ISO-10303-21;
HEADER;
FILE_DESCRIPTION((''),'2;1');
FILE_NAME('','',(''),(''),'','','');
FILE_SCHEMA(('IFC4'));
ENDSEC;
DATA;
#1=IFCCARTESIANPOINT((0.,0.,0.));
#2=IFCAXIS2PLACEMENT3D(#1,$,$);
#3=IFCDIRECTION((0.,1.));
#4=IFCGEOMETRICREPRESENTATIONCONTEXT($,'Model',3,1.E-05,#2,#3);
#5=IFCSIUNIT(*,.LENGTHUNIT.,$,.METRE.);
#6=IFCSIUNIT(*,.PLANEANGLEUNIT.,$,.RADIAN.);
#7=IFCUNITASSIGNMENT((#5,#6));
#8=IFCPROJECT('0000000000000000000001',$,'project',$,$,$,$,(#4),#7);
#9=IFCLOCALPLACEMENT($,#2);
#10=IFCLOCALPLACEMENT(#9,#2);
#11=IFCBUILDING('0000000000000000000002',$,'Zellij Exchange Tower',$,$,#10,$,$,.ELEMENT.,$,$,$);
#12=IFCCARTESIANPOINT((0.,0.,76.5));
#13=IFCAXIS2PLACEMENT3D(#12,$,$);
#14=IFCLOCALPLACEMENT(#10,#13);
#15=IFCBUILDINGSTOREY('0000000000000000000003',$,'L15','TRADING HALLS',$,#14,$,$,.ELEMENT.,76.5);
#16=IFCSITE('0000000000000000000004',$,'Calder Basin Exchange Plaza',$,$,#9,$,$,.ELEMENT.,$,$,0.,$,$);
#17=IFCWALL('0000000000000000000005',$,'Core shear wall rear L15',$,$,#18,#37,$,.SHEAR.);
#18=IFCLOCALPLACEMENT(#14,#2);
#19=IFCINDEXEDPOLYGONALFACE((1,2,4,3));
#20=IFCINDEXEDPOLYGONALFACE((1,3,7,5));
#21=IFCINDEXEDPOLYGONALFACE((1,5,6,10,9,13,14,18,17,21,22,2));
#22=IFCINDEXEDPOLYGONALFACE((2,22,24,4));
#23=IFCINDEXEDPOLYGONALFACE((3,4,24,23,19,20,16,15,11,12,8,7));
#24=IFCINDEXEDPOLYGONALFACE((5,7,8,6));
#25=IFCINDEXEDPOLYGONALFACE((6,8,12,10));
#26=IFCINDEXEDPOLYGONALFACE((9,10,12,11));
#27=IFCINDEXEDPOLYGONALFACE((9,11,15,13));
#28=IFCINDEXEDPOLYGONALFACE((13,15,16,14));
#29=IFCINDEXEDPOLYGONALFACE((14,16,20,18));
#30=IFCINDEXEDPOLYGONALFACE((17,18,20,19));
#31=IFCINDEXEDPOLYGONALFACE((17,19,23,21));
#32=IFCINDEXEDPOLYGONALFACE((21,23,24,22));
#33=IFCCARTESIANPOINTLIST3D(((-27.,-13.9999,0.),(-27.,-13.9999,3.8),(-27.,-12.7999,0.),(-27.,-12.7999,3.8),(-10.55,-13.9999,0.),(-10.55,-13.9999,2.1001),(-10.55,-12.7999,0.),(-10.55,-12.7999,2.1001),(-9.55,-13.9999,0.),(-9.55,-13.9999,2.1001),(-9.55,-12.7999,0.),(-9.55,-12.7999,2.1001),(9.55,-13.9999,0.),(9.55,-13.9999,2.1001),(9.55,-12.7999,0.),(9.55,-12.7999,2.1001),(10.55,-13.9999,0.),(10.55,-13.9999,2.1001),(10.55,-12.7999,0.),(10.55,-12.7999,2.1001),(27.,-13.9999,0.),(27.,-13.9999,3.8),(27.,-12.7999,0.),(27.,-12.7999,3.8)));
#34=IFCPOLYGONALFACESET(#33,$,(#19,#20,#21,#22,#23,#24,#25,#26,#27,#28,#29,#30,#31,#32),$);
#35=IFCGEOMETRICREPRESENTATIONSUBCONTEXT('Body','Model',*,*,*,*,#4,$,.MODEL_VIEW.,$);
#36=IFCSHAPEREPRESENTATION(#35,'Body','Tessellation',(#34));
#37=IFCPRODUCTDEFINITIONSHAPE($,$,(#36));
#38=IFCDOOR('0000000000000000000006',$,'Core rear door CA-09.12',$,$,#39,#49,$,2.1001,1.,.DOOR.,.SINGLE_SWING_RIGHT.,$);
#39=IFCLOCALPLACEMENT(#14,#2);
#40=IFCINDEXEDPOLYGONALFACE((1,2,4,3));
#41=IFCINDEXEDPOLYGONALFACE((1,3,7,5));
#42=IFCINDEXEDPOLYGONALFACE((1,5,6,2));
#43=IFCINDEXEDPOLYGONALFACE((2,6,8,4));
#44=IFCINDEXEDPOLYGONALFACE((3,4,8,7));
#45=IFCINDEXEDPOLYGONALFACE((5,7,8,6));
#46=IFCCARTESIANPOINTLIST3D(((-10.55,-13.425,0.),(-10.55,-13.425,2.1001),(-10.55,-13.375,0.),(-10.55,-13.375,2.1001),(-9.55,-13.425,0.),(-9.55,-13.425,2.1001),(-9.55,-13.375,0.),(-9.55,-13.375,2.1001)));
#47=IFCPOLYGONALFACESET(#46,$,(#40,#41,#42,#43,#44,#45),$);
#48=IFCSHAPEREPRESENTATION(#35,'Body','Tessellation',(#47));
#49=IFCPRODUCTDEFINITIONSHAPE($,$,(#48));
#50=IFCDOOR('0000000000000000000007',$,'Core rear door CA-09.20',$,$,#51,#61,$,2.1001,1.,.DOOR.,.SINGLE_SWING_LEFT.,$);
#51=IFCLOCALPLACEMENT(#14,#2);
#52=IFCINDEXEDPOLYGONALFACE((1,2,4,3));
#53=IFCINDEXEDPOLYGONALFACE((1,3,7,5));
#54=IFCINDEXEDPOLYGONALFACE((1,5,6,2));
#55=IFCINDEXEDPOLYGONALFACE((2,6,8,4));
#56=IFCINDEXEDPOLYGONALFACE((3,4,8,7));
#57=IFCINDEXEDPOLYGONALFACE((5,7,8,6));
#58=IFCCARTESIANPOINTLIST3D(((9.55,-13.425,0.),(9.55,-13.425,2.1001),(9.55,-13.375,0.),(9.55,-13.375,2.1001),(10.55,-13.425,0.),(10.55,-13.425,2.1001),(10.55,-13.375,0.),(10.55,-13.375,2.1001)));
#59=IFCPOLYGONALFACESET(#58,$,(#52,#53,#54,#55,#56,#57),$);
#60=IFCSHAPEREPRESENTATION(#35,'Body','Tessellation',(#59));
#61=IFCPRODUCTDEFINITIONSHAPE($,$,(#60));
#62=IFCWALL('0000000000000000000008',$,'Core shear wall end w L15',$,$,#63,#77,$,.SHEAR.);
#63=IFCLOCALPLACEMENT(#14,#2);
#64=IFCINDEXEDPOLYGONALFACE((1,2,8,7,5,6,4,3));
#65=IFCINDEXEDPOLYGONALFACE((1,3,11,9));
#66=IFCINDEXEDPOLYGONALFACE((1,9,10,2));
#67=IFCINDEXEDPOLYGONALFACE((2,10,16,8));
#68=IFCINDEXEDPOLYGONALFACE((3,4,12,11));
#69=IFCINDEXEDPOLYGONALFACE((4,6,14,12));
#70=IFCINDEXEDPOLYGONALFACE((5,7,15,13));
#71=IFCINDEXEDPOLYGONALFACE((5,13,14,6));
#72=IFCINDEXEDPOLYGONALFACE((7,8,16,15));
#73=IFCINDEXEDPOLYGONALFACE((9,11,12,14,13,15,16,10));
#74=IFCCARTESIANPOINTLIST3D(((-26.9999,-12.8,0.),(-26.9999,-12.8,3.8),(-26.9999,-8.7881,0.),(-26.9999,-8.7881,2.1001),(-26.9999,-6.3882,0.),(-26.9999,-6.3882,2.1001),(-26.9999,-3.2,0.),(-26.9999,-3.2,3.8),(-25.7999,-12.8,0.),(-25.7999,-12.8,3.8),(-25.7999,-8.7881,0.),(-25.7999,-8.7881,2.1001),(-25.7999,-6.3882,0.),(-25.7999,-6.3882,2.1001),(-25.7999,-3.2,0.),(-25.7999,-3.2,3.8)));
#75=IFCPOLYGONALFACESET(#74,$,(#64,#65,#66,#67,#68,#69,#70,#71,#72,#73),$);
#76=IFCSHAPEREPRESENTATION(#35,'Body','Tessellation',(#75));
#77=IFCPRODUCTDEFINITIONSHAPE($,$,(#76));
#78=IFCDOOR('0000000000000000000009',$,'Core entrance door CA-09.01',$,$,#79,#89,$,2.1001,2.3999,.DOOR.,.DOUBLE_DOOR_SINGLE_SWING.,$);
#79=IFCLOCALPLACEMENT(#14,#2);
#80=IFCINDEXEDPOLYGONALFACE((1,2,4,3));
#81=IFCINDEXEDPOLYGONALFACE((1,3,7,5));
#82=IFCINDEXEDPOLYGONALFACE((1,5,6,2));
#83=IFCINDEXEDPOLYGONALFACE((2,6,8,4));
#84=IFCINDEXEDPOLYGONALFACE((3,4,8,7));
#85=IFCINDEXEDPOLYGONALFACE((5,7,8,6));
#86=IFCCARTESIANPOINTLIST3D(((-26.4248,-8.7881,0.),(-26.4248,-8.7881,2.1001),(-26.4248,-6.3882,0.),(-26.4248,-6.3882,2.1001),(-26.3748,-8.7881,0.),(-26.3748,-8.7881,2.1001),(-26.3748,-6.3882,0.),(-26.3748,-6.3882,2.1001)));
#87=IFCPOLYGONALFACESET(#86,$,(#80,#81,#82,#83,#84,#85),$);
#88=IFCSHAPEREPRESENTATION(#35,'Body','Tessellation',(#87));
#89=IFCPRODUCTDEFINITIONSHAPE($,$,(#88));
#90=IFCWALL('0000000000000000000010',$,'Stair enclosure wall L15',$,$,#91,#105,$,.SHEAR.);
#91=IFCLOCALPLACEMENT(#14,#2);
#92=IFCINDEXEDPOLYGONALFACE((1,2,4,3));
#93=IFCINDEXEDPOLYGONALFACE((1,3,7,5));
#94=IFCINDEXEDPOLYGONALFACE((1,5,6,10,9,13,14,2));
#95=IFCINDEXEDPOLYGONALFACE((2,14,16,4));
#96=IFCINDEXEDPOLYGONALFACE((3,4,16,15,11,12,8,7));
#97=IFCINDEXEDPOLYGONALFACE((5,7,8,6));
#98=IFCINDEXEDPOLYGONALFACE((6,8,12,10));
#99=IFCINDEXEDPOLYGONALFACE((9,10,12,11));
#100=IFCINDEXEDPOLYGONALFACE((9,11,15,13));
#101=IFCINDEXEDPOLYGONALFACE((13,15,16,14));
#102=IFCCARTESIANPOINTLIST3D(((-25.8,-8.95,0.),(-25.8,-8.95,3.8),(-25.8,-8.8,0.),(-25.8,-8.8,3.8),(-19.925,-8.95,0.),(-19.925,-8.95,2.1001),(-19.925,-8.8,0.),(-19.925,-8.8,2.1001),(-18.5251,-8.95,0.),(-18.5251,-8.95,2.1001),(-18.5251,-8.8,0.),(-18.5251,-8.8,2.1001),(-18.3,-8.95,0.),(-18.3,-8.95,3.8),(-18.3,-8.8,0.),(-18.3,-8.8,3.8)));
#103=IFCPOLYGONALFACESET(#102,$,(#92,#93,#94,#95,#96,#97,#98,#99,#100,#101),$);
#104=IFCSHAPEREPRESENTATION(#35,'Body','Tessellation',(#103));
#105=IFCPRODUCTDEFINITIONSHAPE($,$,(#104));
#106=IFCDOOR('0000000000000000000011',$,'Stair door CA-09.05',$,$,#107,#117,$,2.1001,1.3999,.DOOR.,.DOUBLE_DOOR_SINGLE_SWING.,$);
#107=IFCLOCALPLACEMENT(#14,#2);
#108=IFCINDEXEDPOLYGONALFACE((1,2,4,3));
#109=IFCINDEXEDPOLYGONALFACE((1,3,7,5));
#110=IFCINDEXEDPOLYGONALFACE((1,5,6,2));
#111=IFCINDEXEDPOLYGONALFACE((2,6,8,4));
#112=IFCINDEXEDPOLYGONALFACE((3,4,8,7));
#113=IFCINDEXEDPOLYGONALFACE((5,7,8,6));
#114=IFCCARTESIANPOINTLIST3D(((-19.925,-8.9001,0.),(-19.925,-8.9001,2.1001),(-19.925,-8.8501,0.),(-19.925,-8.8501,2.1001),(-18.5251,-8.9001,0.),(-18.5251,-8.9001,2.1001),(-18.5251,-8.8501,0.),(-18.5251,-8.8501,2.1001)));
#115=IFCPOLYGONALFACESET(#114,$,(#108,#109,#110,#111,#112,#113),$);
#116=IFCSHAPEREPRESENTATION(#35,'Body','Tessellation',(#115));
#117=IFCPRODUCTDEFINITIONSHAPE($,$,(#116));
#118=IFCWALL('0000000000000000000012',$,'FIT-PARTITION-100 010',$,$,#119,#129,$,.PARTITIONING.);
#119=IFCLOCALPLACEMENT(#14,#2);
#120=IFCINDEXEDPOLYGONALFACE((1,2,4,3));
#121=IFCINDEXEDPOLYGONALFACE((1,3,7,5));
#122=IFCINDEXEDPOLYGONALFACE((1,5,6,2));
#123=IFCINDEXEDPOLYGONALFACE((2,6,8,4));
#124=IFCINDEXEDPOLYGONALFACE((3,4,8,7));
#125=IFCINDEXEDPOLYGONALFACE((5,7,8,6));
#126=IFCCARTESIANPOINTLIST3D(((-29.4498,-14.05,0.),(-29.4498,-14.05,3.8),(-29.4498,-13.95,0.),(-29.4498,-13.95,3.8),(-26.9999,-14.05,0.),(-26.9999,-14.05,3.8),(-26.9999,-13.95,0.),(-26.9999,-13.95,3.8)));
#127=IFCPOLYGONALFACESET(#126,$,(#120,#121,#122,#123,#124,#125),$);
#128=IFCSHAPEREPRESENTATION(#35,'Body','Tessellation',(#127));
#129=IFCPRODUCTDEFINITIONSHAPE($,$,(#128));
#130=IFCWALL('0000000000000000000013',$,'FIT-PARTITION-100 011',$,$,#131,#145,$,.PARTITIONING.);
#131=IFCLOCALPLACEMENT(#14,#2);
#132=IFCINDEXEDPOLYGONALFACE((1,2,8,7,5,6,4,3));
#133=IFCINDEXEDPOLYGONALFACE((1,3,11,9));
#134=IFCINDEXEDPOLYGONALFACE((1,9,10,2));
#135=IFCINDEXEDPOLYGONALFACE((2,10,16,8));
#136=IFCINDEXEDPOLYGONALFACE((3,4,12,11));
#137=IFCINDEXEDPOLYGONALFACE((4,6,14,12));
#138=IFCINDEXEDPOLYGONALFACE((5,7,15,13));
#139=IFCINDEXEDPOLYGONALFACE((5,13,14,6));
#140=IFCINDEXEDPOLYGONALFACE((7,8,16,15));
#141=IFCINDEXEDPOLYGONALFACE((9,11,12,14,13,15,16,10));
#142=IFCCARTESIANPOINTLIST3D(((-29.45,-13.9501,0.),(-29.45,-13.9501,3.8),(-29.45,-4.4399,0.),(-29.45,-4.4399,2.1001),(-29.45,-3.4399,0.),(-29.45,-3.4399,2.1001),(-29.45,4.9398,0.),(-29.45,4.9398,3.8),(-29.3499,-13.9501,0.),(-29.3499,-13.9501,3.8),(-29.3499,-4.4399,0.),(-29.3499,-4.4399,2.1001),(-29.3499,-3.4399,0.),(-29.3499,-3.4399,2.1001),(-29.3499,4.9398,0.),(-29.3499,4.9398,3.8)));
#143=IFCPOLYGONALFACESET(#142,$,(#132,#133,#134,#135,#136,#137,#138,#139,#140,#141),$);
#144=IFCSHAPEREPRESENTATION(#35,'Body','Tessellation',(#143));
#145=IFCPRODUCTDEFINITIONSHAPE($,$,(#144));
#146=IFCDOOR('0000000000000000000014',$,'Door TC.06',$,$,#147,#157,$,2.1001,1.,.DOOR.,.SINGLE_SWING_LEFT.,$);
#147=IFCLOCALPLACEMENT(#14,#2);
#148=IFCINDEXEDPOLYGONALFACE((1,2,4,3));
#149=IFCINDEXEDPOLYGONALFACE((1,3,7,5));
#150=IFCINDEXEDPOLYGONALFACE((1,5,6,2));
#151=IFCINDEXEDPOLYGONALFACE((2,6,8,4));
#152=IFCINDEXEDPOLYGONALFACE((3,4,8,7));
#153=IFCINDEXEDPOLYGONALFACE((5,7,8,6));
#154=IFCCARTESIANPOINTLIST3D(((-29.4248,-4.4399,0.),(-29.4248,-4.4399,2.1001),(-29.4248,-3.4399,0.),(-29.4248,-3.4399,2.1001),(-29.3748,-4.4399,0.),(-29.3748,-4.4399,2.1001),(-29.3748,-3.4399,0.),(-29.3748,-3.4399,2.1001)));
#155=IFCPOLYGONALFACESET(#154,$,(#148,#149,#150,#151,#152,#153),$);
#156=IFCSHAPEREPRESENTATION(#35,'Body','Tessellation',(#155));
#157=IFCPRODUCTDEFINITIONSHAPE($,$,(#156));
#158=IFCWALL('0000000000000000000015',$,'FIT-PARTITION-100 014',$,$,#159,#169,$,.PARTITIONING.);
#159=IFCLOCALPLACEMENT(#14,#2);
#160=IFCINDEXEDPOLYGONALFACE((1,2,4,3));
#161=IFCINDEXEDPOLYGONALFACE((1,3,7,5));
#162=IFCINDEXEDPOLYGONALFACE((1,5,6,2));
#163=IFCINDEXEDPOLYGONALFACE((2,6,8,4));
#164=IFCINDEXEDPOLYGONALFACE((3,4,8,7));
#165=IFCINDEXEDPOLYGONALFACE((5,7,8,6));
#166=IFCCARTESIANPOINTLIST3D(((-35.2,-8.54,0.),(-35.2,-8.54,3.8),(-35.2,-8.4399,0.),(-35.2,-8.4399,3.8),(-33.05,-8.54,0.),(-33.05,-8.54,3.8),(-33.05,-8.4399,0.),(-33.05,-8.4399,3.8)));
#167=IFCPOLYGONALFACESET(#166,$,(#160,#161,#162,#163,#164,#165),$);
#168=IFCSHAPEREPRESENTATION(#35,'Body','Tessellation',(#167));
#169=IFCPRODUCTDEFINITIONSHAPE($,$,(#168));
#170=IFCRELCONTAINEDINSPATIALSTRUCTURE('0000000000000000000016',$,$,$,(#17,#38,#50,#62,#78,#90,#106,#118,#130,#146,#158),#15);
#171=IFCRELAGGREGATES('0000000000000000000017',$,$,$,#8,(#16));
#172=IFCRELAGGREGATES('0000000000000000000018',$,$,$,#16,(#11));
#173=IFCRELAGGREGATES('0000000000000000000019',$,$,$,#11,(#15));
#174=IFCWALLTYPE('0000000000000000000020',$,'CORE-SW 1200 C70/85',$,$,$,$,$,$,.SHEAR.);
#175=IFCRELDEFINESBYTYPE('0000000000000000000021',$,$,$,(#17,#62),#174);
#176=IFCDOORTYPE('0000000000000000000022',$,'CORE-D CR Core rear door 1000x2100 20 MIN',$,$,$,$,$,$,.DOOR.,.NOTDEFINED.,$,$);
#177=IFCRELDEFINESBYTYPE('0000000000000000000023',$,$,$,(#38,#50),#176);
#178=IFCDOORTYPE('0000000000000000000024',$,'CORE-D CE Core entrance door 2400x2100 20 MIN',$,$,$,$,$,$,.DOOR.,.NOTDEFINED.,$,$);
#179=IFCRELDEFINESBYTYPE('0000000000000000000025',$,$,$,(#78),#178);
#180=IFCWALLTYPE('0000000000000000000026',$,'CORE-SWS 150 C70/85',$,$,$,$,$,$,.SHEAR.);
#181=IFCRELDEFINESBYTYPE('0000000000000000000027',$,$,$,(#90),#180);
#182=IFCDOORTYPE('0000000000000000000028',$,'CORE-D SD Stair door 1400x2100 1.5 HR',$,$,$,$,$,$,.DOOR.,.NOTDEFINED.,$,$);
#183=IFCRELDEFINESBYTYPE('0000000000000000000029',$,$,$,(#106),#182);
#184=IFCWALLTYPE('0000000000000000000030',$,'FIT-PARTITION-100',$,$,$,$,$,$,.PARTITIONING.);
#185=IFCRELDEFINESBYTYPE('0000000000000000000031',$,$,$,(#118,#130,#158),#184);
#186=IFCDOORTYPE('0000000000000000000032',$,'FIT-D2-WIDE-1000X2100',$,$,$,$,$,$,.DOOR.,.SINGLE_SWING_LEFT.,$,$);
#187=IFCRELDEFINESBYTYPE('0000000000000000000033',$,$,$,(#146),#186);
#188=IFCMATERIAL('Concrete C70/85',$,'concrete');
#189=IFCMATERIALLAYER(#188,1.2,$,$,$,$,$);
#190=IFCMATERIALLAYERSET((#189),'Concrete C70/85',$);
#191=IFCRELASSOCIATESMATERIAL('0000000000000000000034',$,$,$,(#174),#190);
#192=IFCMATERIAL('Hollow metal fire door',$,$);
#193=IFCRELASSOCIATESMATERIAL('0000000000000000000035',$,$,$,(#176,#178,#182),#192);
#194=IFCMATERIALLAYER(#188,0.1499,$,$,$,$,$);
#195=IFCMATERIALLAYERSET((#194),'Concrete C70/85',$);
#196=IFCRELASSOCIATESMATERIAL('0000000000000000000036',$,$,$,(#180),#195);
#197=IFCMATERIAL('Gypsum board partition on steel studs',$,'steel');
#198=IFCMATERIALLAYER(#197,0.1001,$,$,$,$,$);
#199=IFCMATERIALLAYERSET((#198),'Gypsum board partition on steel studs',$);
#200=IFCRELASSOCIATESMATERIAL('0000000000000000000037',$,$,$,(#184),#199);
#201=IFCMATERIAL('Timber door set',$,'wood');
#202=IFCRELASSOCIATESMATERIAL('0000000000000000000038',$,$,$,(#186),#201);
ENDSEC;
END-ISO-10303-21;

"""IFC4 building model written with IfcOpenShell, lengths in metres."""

from ifc_helpers import new_model, si_unit, direction, frame, frame_2d, origin, place, context, subcontext, project, spatial, rectangle, extrude, material, layer, layer_set, type_object, element, fill, save


model = new_model("IFC4")

# Units and contexts
model_context = context("Model", 3, precision=1e-05, world=origin(), true_north=direction((0.0, 1.0)))
body_context = subcontext(model_context, "Body", "Model", "MODEL_VIEW")
ifc_project = project(units=[si_unit("LENGTHUNIT", "METRE"), si_unit("PLANEANGLEUNIT", "RADIAN")], contexts=[model_context])

# Site, building, storey
site_placement = place(None, origin())
site = spatial("IfcSite", under=ifc_project, at=site_placement, Name="Calder Basin Exchange Plaza", CompositionType="ELEMENT", RefElevation=0.0)
building_placement = place(site_placement, origin())
building = spatial("IfcBuilding", under=site, at=building_placement, Name="Zellij Exchange Tower", CompositionType="ELEMENT")
storey_placement = place(building_placement, frame((0.0, 0.0, 76.5)))
storey = spatial("IfcBuildingStorey", under=building, at=storey_placement, Name="L15", Description="TRADING HALLS", CompositionType="ELEMENT", Elevation=76.5)

# Shared definitions
ifc_material_1 = material(Name="Concrete C70/85", Category="concrete")

# Wall, openings, doors
ifc_layer_1 = layer(ifc_material_1, 1.2)
ifc_layer_set_1 = layer_set([ifc_layer_1], Name="Concrete C70/85")
wall_type_1 = type_object("IfcWallType", Name="CORE-SW 1200 C70/85", PredefinedType="SHEAR", material=ifc_layer_set_1)
wall_1_placement = place(storey_placement, frame((-27.0, -13.3999, 0.0), z_axis=(0.0, 0.0, 1.0), x_axis=(1.0, 0.0, 0.0)))
wall_1 = element("IfcWall", 1, at=wall_1_placement, inside=storey, type_object=wall_type_1, Name="Core shear wall rear L15", PredefinedType="SHEAR", context=body_context, shape_type="SweptSolid", body=[
    extrude(rectangle(XDim=54.0, YDim=1.2, at=frame_2d((27.0, 0.0))), origin(), (0.0, 0.0, 1.0), 3.8),
])
opening_1_placement = place(wall_1_placement, frame((16.45, 0.0, 0.0)))
opening_1 = element("IfcOpeningElement", 2, at=opening_1_placement, cuts=wall_1, PredefinedType="OPENING", context=body_context, shape_type="SweptSolid", body=[
    extrude(rectangle(XDim=1.0, YDim=2.1001, at=frame_2d((0.5, 1.05))), frame((0.0, 0.6118, 0.0), z_axis=(0.0, -1.0, 0.0), x_axis=(1.0, 0.0, 0.0)), (0.0, 0.0, 1.0), 1.2239),
])
opening_2_placement = place(wall_1_placement, frame((36.55, 0.0, 0.0)))
opening_2 = element("IfcOpeningElement", 3, at=opening_2_placement, cuts=wall_1, PredefinedType="OPENING", context=body_context, shape_type="SweptSolid", body=[
    extrude(rectangle(XDim=1.0, YDim=2.1001, at=frame_2d((0.5, 1.05))), frame((0.0, 0.6118, 0.0), z_axis=(0.0, -1.0, 0.0), x_axis=(1.0, 0.0, 0.0)), (0.0, 0.0, 1.0), 1.2239),
])
ifc_material_2 = material(Name="Hollow metal fire door")
door_type_1 = type_object("IfcDoorType", Name="CORE-D CR Core rear door 1000x2100 20 MIN", OperationType="NOTDEFINED", PredefinedType="DOOR", material=ifc_material_2)
door_1_placement = place(opening_1_placement, origin())
door_1 = element("IfcDoor", 4, at=door_1_placement, inside=storey, type_object=door_type_1, Name="Core rear door CA-09.12", OperationType="SINGLE_SWING_RIGHT", OverallHeight=2.1001, OverallWidth=1.0, PredefinedType="DOOR", context=body_context, shape_type="SweptSolid", body=[
    extrude(rectangle(XDim=1.0, YDim=2.1001, at=frame_2d((0.5, 1.05))), frame((0.0, 0.0249, 0.0), z_axis=(0.0, -1.0, 0.0), x_axis=(1.0, 0.0, 0.0)), (0.0, 0.0, 1.0), 0.05),
])
fill(opening_1, door_1)
door_2_placement = place(opening_2_placement, origin())
door_2 = element("IfcDoor", 5, at=door_2_placement, inside=storey, type_object=door_type_1, Name="Core rear door CA-09.20", OperationType="SINGLE_SWING_LEFT", OverallHeight=2.1001, OverallWidth=1.0, PredefinedType="DOOR", context=body_context, shape_type="SweptSolid", body=[
    extrude(rectangle(XDim=1.0, YDim=2.1001, at=frame_2d((0.5, 1.05))), frame((0.0, 0.0249, 0.0), z_axis=(0.0, -1.0, 0.0), x_axis=(1.0, 0.0, 0.0)), (0.0, 0.0, 1.0), 0.05),
])
fill(opening_2, door_2)

# Walls, openings, doors
wall_2_placement = place(storey_placement, frame((-26.3999, -12.8, 0.0), z_axis=(0.0, 0.0, 1.0), x_axis=(0.0, 1.0, 0.0)))
wall_2 = element("IfcWall", 6, at=wall_2_placement, inside=storey, type_object=wall_type_1, Name="Core shear wall end w L15", PredefinedType="SHEAR", context=body_context, shape_type="SweptSolid", body=[
    extrude(rectangle(XDim=9.6001, YDim=1.2, at=frame_2d((4.8, 0.0))), origin(), (0.0, 0.0, 1.0), 3.8),
])
opening_3_placement = place(wall_2_placement, frame((4.012, 0.0, 0.0)))
opening_3 = element("IfcOpeningElement", 7, at=opening_3_placement, cuts=wall_2, PredefinedType="OPENING", context=body_context, shape_type="SweptSolid", body=[
    extrude(rectangle(XDim=2.3999, YDim=2.1001, at=frame_2d((1.2, 1.05))), frame((0.0, 0.6118, 0.0), z_axis=(0.0, -1.0, 0.0), x_axis=(1.0, 0.0, 0.0)), (0.0, 0.0, 1.0), 1.2239),
])
door_type_2 = type_object("IfcDoorType", Name="CORE-D CE Core entrance door 2400x2100 20 MIN", OperationType="NOTDEFINED", PredefinedType="DOOR", material=ifc_material_2)
door_3_placement = place(opening_3_placement, origin())
door_3 = element("IfcDoor", 8, at=door_3_placement, inside=storey, type_object=door_type_2, Name="Core entrance door CA-09.01", OperationType="DOUBLE_DOOR_SINGLE_SWING", OverallHeight=2.1001, OverallWidth=2.3999, PredefinedType="DOOR", context=body_context, shape_type="SweptSolid", body=[
    extrude(rectangle(XDim=2.3999, YDim=2.1001, at=frame_2d((1.2, 1.05))), frame((0.0, 0.0249, 0.0), z_axis=(0.0, -1.0, 0.0), x_axis=(1.0, 0.0, 0.0)), (0.0, 0.0, 1.0), 0.05),
])
fill(opening_3, door_3)
ifc_layer_2 = layer(ifc_material_1, 0.1499)
ifc_layer_set_2 = layer_set([ifc_layer_2], Name="Concrete C70/85")
wall_type_2 = type_object("IfcWallType", Name="CORE-SWS 150 C70/85", PredefinedType="SHEAR", material=ifc_layer_set_2)
wall_3_placement = place(storey_placement, frame((-25.8, -8.875, 0.0), z_axis=(0.0, 0.0, 1.0), x_axis=(1.0, 0.0, 0.0)))
wall_3 = element("IfcWall", 9, at=wall_3_placement, inside=storey, type_object=wall_type_2, Name="Stair enclosure wall L15", PredefinedType="SHEAR", context=body_context, shape_type="SweptSolid", body=[
    extrude(rectangle(XDim=7.5, YDim=0.1499, at=frame_2d((3.75, 0.0))), origin(), (0.0, 0.0, 1.0), 3.8),
])
opening_4_placement = place(wall_3_placement, frame((5.875, 0.0, 0.0)))
opening_4 = element("IfcOpeningElement", 10, at=opening_4_placement, cuts=wall_3, PredefinedType="OPENING", context=body_context, shape_type="SweptSolid", body=[
    extrude(rectangle(XDim=1.3999, YDim=2.1001, at=frame_2d((0.7, 1.05))), frame((0.0, 0.0869, 0.0), z_axis=(0.0, -1.0, 0.0), x_axis=(1.0, 0.0, 0.0)), (0.0, 0.0, 1.0), 0.1738),
])
door_type_3 = type_object("IfcDoorType", Name="CORE-D SD Stair door 1400x2100 1.5 HR", OperationType="NOTDEFINED", PredefinedType="DOOR", material=ifc_material_2)
door_4_placement = place(opening_4_placement, origin())
door_4 = element("IfcDoor", 11, at=door_4_placement, inside=storey, type_object=door_type_3, Name="Stair door CA-09.05", OperationType="DOUBLE_DOOR_SINGLE_SWING", OverallHeight=2.1001, OverallWidth=1.3999, PredefinedType="DOOR", context=body_context, shape_type="SweptSolid", body=[
    extrude(rectangle(XDim=1.3999, YDim=2.1001, at=frame_2d((0.7, 1.05))), frame((0.0, 0.0249, 0.0), z_axis=(0.0, -1.0, 0.0), x_axis=(1.0, 0.0, 0.0)), (0.0, 0.0, 1.0), 0.05),
])
fill(opening_4, door_4)

# Wall
ifc_material_3 = material(Name="Gypsum board partition on steel studs", Category="steel")
ifc_layer_3 = layer(ifc_material_3, 0.1001)
ifc_layer_set_3 = layer_set([ifc_layer_3], Name="Gypsum board partition on steel studs")
wall_type_3 = type_object("IfcWallType", Name="FIT-PARTITION-100", PredefinedType="PARTITIONING", material=ifc_layer_set_3)
wall_4_placement = place(storey_placement, frame((-29.45, -14.0, 0.0), z_axis=(0.0, 0.0, 1.0), x_axis=(1.0, 0.0, 0.0)))
element("IfcWall", 12, at=wall_4_placement, inside=storey, type_object=wall_type_3, Name="FIT-PARTITION-100 010", PredefinedType="PARTITIONING", context=body_context, shape_type="SweptSolid", body=[
    extrude(rectangle(XDim=2.45, YDim=0.1001, at=frame_2d((1.2251, 0.0))), origin(), (0.0, 0.0, 1.0), 3.8),
])

# Wall, opening, door
wall_5_placement = place(storey_placement, frame((-29.3999, -13.95, 0.0), z_axis=(0.0, 0.0, 1.0), x_axis=(0.0, 1.0, 0.0)))
wall_5 = element("IfcWall", 13, at=wall_5_placement, inside=storey, type_object=wall_type_3, Name="FIT-PARTITION-100 011", PredefinedType="PARTITIONING", context=body_context, shape_type="SweptSolid", body=[
    extrude(rectangle(XDim=18.8899, YDim=0.1001, at=frame_2d((9.4448, 0.0))), origin(), (0.0, 0.0, 1.0), 3.8),
])
opening_5_placement = place(wall_5_placement, frame((9.51, 0.0, 0.0)))
opening_5 = element("IfcOpeningElement", 14, at=opening_5_placement, cuts=wall_5, PredefinedType="OPENING", context=body_context, shape_type="SweptSolid", body=[
    extrude(rectangle(XDim=1.0, YDim=2.1001, at=frame_2d((0.5, 1.05))), frame((0.0, 0.062, 0.0), z_axis=(0.0, -1.0, 0.0), x_axis=(1.0, 0.0, 0.0)), (0.0, 0.0, 1.0), 0.124),
])
ifc_material_4 = material(Name="Timber door set", Category="wood")
door_type_4 = type_object("IfcDoorType", Name="FIT-D2-WIDE-1000X2100", OperationType="SINGLE_SWING_LEFT", PredefinedType="DOOR", material=ifc_material_4)
door_5_placement = place(opening_5_placement, origin())
door_5 = element("IfcDoor", 15, at=door_5_placement, inside=storey, type_object=door_type_4, Name="Door TC.06", OperationType="SINGLE_SWING_LEFT", OverallHeight=2.1001, OverallWidth=1.0, PredefinedType="DOOR", context=body_context, shape_type="SweptSolid", body=[
    extrude(rectangle(XDim=1.0, YDim=2.1001, at=frame_2d((0.5, 1.05))), frame((0.0, 0.0249, 0.0), z_axis=(0.0, -1.0, 0.0), x_axis=(1.0, 0.0, 0.0)), (0.0, 0.0, 1.0), 0.05),
])
fill(opening_5, door_5)

# Wall
wall_6_placement = place(storey_placement, frame((-35.2, -8.49, 0.0), z_axis=(0.0, 0.0, 1.0), x_axis=(1.0, 0.0, 0.0)))
element("IfcWall", 16, at=wall_6_placement, inside=storey, type_object=wall_type_3, Name="FIT-PARTITION-100 014", PredefinedType="PARTITIONING", context=body_context, shape_type="SweptSolid", body=[
    extrude(rectangle(XDim=2.1499, YDim=0.1001, at=frame_2d((1.075, 0.0))), origin(), (0.0, 0.0, 1.0), 3.8),
])

save(model, "model.ifc")
